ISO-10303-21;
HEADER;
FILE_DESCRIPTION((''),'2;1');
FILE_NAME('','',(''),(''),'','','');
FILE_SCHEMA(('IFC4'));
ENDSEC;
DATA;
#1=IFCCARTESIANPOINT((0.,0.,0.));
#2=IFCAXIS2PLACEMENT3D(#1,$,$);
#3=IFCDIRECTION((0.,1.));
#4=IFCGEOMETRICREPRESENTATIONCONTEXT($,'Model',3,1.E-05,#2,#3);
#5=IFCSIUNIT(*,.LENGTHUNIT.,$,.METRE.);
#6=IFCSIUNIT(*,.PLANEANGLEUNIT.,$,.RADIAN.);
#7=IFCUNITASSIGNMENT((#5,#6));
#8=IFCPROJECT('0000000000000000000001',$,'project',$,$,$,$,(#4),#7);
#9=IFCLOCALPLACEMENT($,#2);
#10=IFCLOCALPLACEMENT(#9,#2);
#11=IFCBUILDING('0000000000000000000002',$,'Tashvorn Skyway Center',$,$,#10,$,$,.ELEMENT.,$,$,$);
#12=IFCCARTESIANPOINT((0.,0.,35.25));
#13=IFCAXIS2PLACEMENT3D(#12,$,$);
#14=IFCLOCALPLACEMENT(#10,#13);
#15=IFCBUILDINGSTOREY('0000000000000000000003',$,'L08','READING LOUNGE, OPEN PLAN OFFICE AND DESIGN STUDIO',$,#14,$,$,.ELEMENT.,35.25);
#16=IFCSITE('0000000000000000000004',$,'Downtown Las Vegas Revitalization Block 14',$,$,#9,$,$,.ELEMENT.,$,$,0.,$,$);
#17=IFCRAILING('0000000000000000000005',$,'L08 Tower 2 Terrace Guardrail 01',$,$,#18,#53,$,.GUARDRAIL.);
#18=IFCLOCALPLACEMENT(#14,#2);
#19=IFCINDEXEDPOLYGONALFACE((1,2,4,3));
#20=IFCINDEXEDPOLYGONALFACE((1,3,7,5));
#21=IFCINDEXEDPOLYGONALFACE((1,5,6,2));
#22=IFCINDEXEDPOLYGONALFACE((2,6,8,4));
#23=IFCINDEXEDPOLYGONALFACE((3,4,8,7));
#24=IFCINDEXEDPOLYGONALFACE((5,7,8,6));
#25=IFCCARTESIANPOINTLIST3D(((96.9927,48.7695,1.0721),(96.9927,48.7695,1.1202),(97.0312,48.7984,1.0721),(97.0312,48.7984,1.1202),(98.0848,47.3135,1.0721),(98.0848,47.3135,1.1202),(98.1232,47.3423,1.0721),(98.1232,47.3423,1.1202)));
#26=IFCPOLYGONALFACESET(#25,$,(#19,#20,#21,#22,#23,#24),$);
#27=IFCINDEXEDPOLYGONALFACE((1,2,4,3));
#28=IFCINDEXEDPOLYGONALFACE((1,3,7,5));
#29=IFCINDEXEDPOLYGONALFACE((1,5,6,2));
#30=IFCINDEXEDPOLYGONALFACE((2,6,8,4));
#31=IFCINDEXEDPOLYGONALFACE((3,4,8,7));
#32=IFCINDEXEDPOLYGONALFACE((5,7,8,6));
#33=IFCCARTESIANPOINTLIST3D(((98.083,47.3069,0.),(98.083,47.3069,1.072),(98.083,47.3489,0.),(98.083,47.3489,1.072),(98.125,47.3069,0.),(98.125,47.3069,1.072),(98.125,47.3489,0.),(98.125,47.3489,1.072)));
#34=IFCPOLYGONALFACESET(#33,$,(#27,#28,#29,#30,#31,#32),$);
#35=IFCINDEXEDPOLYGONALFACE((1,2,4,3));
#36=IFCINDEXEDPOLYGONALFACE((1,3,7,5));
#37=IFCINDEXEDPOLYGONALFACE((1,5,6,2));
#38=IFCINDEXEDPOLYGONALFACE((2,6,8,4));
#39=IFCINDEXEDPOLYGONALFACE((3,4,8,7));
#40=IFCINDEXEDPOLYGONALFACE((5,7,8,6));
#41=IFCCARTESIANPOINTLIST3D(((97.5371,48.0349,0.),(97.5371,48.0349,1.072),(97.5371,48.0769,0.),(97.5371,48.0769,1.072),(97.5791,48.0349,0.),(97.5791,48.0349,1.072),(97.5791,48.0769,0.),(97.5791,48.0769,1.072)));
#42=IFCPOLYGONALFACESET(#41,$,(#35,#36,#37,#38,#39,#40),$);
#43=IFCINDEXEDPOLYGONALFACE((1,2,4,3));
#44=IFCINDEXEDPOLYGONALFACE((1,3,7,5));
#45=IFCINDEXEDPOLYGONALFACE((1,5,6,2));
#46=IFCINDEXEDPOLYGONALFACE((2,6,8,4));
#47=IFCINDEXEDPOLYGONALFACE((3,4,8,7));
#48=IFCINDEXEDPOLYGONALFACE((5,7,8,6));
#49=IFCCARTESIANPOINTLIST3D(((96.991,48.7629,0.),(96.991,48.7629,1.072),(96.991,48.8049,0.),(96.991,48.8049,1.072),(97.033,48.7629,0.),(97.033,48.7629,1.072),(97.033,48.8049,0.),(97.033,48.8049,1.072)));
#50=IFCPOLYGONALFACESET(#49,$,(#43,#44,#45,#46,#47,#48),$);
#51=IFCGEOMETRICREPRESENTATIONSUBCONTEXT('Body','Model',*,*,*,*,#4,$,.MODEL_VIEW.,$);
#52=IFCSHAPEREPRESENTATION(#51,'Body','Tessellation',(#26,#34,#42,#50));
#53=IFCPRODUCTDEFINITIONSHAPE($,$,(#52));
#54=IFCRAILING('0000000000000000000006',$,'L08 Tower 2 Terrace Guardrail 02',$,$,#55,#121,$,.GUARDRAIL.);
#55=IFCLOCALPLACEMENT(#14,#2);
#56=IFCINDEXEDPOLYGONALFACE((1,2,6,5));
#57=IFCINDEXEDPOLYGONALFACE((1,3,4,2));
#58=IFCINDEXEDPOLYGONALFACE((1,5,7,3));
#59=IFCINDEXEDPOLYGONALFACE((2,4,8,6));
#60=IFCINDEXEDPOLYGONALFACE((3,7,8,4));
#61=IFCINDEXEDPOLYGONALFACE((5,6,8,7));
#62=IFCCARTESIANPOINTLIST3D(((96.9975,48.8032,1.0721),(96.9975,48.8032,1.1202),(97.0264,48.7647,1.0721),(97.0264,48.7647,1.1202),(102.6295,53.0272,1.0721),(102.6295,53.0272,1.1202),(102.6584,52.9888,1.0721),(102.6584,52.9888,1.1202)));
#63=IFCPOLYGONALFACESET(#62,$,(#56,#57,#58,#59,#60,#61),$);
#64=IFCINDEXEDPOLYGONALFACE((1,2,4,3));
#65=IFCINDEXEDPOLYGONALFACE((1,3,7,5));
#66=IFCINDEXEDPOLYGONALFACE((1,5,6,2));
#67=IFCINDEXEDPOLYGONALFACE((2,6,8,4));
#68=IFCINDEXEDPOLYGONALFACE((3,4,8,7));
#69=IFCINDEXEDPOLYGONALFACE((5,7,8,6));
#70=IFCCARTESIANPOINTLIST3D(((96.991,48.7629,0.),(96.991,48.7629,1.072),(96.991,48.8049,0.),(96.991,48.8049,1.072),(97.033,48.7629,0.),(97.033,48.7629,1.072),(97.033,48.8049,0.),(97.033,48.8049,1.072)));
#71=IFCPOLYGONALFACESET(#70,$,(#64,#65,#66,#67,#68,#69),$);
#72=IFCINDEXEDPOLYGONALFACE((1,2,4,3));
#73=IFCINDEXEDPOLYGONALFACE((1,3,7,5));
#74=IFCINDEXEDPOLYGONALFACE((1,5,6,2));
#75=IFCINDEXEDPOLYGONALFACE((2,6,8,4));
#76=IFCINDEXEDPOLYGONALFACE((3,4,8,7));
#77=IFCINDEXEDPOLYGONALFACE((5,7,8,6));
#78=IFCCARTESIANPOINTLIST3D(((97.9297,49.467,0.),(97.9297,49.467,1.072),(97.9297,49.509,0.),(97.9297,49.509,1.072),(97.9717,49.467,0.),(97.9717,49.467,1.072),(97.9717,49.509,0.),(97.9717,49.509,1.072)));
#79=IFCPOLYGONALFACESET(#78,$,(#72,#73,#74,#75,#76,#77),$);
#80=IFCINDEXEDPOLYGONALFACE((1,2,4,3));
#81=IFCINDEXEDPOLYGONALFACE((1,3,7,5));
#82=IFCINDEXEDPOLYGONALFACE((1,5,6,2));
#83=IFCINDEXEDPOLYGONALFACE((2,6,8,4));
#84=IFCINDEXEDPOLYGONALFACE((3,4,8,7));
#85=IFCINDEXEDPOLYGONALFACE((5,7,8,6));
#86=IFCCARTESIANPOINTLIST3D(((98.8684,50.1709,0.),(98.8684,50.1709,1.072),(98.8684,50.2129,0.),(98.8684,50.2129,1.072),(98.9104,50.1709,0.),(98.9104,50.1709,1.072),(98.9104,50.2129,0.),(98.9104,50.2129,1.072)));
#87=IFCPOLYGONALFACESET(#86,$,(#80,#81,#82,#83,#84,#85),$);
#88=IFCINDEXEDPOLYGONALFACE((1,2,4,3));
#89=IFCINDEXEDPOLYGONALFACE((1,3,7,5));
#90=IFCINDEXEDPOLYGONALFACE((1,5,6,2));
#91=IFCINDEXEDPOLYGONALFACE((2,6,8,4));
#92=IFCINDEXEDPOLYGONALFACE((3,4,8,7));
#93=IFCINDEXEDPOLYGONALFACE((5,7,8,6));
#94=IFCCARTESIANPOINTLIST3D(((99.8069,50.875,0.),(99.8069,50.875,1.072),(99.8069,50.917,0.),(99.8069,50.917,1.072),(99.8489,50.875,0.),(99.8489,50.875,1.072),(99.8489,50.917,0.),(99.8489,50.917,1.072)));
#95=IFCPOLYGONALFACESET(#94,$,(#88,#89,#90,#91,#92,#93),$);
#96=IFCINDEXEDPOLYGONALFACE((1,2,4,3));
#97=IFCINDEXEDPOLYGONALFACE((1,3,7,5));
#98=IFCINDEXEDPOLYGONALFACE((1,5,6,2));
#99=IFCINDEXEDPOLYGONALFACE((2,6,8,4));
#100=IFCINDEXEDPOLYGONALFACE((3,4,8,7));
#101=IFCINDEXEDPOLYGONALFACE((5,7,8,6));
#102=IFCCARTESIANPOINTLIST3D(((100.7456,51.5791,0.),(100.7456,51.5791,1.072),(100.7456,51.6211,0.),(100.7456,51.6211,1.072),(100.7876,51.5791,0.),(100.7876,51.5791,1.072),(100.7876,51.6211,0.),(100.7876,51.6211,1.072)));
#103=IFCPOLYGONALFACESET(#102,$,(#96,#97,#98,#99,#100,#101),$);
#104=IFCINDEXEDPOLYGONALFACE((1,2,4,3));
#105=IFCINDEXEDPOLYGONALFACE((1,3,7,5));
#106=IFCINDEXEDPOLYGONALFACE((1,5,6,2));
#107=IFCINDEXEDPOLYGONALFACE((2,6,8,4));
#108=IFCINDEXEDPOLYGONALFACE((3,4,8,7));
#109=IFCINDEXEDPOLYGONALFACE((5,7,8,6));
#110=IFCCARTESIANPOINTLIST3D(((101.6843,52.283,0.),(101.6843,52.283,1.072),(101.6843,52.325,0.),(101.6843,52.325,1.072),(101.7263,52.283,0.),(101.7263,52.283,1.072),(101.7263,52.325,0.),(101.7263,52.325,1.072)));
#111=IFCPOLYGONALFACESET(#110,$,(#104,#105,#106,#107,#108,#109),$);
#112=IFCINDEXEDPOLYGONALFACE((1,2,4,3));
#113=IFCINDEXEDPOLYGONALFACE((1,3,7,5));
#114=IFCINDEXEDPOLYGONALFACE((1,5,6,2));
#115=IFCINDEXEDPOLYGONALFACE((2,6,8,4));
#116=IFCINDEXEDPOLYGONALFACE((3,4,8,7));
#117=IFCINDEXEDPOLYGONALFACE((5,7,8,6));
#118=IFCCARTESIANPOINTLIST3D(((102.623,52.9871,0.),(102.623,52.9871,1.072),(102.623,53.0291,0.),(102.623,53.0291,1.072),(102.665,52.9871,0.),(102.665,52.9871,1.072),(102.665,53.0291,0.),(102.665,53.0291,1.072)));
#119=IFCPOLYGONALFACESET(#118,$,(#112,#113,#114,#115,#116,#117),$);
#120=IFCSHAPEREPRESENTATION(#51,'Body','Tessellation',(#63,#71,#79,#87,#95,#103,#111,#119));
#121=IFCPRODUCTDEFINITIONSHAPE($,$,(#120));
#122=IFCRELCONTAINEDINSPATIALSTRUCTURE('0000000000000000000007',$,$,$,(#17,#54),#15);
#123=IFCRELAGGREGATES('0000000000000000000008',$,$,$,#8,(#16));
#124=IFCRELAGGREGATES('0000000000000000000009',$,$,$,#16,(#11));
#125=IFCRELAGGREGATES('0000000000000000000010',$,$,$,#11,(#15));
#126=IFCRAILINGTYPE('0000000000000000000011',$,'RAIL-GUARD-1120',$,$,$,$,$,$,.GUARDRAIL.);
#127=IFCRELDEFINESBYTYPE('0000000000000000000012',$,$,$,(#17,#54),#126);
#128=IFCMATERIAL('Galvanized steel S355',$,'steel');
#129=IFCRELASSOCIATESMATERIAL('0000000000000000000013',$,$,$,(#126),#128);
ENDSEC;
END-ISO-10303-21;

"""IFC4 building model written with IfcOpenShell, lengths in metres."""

from ifc_helpers import new_model, si_unit, direction, frame, origin, origin_2d, place, context, subcontext, project, spatial, rectangle, extrude, material, type_object, element, save


model = new_model("IFC4")

# Units and contexts
model_context = context("Model", 3, precision=1e-05, world=origin(), true_north=direction((0.0, 1.0)))
body_context = subcontext(model_context, "Body", "Model", "MODEL_VIEW")
ifc_project = project(units=[si_unit("LENGTHUNIT", "METRE"), si_unit("PLANEANGLEUNIT", "RADIAN")], contexts=[model_context])

# Site, building, storey
site_placement = place(None, origin())
site = spatial("IfcSite", under=ifc_project, at=site_placement, Name="Downtown Las Vegas Revitalization Block 14", CompositionType="ELEMENT", RefElevation=0.0)
building_placement = place(site_placement, origin())
building = spatial("IfcBuilding", under=site, at=building_placement, Name="Tashvorn Skyway Center", CompositionType="ELEMENT")
storey_placement = place(building_placement, frame((0.0, 0.0, 35.25)))
storey = spatial("IfcBuildingStorey", under=building, at=storey_placement, Name="L08", Description="READING LOUNGE, OPEN PLAN OFFICE AND DESIGN STUDIO", CompositionType="ELEMENT", Elevation=35.25)

# Railings
ifc_material_1 = material(Name="Galvanized steel S355", Category="steel")
railing_type = type_object("IfcRailingType", Name="RAIL-GUARD-1120", PredefinedType="GUARDRAIL", material=ifc_material_1)
railing_1_placement = place(storey_placement, frame((98.104, 47.3279, 0.0)))
element("IfcRailing", 1, at=railing_1_placement, inside=storey, type_object=railing_type, Name="L08 Tower 2 Terrace Guardrail 01", PredefinedType="GUARDRAIL", context=body_context, shape_type="SweptSolid", body=[
    extrude(rectangle(XDim=0.0481, YDim=0.0481, at=origin_2d()), frame((0.0, 0.0, 1.0962), z_axis=(-0.6, 0.8, 0.0), x_axis=(-0.8, -0.6, 0.0)), (0.0, 0.0, 1.0), 1.8201),
    extrude(rectangle(XDim=0.042, YDim=0.042, at=origin_2d()), origin(), (0.0, 0.0, 1.0), 1.072),
    extrude(rectangle(XDim=0.042, YDim=0.042, at=origin_2d()), frame((-0.5459, 0.728, 0.0)), (0.0, 0.0, 1.0), 1.072),
    extrude(rectangle(XDim=0.042, YDim=0.042, at=origin_2d()), frame((-1.092, 1.4561, 0.0)), (0.0, 0.0, 1.0), 1.072),
])
railing_2_placement = place(storey_placement, frame((97.012, 48.7839, 0.0)))
element("IfcRailing", 2, at=railing_2_placement, inside=storey, type_object=railing_type, Name="L08 Tower 2 Terrace Guardrail 02", PredefinedType="GUARDRAIL", context=body_context, shape_type="SweptSolid", body=[
    extrude(rectangle(XDim=0.0481, YDim=0.0481, at=origin_2d()), frame((0.0, 0.0, 1.0962), z_axis=(0.799996, 0.600006, 0.0), x_axis=(-0.600006, 0.799996, 0.0)), (0.0, 0.0, 1.0), 7.04),
    extrude(rectangle(XDim=0.042, YDim=0.042, at=origin_2d()), origin(), (0.0, 0.0, 1.0), 1.072),
    extrude(rectangle(XDim=0.042, YDim=0.042, at=origin_2d()), frame((0.9387, 0.7041, 0.0)), (0.0, 0.0, 1.0), 1.072),
    extrude(rectangle(XDim=0.042, YDim=0.042, at=origin_2d()), frame((1.8774, 1.408, 0.0)), (0.0, 0.0, 1.0), 1.072),
    extrude(rectangle(XDim=0.042, YDim=0.042, at=origin_2d()), frame((2.8159, 2.1121, 0.0)), (0.0, 0.0, 1.0), 1.072),
    extrude(rectangle(XDim=0.042, YDim=0.042, at=origin_2d()), frame((3.7546, 2.8162, 0.0)), (0.0, 0.0, 1.0), 1.072),
    extrude(rectangle(XDim=0.042, YDim=0.042, at=origin_2d()), frame((4.6934, 3.52, 0.0)), (0.0, 0.0, 1.0), 1.072),
    extrude(rectangle(XDim=0.042, YDim=0.042, at=origin_2d()), frame((5.6321, 4.2241, 0.0)), (0.0, 0.0, 1.0), 1.072),
])

save(model, "model.ifc")
